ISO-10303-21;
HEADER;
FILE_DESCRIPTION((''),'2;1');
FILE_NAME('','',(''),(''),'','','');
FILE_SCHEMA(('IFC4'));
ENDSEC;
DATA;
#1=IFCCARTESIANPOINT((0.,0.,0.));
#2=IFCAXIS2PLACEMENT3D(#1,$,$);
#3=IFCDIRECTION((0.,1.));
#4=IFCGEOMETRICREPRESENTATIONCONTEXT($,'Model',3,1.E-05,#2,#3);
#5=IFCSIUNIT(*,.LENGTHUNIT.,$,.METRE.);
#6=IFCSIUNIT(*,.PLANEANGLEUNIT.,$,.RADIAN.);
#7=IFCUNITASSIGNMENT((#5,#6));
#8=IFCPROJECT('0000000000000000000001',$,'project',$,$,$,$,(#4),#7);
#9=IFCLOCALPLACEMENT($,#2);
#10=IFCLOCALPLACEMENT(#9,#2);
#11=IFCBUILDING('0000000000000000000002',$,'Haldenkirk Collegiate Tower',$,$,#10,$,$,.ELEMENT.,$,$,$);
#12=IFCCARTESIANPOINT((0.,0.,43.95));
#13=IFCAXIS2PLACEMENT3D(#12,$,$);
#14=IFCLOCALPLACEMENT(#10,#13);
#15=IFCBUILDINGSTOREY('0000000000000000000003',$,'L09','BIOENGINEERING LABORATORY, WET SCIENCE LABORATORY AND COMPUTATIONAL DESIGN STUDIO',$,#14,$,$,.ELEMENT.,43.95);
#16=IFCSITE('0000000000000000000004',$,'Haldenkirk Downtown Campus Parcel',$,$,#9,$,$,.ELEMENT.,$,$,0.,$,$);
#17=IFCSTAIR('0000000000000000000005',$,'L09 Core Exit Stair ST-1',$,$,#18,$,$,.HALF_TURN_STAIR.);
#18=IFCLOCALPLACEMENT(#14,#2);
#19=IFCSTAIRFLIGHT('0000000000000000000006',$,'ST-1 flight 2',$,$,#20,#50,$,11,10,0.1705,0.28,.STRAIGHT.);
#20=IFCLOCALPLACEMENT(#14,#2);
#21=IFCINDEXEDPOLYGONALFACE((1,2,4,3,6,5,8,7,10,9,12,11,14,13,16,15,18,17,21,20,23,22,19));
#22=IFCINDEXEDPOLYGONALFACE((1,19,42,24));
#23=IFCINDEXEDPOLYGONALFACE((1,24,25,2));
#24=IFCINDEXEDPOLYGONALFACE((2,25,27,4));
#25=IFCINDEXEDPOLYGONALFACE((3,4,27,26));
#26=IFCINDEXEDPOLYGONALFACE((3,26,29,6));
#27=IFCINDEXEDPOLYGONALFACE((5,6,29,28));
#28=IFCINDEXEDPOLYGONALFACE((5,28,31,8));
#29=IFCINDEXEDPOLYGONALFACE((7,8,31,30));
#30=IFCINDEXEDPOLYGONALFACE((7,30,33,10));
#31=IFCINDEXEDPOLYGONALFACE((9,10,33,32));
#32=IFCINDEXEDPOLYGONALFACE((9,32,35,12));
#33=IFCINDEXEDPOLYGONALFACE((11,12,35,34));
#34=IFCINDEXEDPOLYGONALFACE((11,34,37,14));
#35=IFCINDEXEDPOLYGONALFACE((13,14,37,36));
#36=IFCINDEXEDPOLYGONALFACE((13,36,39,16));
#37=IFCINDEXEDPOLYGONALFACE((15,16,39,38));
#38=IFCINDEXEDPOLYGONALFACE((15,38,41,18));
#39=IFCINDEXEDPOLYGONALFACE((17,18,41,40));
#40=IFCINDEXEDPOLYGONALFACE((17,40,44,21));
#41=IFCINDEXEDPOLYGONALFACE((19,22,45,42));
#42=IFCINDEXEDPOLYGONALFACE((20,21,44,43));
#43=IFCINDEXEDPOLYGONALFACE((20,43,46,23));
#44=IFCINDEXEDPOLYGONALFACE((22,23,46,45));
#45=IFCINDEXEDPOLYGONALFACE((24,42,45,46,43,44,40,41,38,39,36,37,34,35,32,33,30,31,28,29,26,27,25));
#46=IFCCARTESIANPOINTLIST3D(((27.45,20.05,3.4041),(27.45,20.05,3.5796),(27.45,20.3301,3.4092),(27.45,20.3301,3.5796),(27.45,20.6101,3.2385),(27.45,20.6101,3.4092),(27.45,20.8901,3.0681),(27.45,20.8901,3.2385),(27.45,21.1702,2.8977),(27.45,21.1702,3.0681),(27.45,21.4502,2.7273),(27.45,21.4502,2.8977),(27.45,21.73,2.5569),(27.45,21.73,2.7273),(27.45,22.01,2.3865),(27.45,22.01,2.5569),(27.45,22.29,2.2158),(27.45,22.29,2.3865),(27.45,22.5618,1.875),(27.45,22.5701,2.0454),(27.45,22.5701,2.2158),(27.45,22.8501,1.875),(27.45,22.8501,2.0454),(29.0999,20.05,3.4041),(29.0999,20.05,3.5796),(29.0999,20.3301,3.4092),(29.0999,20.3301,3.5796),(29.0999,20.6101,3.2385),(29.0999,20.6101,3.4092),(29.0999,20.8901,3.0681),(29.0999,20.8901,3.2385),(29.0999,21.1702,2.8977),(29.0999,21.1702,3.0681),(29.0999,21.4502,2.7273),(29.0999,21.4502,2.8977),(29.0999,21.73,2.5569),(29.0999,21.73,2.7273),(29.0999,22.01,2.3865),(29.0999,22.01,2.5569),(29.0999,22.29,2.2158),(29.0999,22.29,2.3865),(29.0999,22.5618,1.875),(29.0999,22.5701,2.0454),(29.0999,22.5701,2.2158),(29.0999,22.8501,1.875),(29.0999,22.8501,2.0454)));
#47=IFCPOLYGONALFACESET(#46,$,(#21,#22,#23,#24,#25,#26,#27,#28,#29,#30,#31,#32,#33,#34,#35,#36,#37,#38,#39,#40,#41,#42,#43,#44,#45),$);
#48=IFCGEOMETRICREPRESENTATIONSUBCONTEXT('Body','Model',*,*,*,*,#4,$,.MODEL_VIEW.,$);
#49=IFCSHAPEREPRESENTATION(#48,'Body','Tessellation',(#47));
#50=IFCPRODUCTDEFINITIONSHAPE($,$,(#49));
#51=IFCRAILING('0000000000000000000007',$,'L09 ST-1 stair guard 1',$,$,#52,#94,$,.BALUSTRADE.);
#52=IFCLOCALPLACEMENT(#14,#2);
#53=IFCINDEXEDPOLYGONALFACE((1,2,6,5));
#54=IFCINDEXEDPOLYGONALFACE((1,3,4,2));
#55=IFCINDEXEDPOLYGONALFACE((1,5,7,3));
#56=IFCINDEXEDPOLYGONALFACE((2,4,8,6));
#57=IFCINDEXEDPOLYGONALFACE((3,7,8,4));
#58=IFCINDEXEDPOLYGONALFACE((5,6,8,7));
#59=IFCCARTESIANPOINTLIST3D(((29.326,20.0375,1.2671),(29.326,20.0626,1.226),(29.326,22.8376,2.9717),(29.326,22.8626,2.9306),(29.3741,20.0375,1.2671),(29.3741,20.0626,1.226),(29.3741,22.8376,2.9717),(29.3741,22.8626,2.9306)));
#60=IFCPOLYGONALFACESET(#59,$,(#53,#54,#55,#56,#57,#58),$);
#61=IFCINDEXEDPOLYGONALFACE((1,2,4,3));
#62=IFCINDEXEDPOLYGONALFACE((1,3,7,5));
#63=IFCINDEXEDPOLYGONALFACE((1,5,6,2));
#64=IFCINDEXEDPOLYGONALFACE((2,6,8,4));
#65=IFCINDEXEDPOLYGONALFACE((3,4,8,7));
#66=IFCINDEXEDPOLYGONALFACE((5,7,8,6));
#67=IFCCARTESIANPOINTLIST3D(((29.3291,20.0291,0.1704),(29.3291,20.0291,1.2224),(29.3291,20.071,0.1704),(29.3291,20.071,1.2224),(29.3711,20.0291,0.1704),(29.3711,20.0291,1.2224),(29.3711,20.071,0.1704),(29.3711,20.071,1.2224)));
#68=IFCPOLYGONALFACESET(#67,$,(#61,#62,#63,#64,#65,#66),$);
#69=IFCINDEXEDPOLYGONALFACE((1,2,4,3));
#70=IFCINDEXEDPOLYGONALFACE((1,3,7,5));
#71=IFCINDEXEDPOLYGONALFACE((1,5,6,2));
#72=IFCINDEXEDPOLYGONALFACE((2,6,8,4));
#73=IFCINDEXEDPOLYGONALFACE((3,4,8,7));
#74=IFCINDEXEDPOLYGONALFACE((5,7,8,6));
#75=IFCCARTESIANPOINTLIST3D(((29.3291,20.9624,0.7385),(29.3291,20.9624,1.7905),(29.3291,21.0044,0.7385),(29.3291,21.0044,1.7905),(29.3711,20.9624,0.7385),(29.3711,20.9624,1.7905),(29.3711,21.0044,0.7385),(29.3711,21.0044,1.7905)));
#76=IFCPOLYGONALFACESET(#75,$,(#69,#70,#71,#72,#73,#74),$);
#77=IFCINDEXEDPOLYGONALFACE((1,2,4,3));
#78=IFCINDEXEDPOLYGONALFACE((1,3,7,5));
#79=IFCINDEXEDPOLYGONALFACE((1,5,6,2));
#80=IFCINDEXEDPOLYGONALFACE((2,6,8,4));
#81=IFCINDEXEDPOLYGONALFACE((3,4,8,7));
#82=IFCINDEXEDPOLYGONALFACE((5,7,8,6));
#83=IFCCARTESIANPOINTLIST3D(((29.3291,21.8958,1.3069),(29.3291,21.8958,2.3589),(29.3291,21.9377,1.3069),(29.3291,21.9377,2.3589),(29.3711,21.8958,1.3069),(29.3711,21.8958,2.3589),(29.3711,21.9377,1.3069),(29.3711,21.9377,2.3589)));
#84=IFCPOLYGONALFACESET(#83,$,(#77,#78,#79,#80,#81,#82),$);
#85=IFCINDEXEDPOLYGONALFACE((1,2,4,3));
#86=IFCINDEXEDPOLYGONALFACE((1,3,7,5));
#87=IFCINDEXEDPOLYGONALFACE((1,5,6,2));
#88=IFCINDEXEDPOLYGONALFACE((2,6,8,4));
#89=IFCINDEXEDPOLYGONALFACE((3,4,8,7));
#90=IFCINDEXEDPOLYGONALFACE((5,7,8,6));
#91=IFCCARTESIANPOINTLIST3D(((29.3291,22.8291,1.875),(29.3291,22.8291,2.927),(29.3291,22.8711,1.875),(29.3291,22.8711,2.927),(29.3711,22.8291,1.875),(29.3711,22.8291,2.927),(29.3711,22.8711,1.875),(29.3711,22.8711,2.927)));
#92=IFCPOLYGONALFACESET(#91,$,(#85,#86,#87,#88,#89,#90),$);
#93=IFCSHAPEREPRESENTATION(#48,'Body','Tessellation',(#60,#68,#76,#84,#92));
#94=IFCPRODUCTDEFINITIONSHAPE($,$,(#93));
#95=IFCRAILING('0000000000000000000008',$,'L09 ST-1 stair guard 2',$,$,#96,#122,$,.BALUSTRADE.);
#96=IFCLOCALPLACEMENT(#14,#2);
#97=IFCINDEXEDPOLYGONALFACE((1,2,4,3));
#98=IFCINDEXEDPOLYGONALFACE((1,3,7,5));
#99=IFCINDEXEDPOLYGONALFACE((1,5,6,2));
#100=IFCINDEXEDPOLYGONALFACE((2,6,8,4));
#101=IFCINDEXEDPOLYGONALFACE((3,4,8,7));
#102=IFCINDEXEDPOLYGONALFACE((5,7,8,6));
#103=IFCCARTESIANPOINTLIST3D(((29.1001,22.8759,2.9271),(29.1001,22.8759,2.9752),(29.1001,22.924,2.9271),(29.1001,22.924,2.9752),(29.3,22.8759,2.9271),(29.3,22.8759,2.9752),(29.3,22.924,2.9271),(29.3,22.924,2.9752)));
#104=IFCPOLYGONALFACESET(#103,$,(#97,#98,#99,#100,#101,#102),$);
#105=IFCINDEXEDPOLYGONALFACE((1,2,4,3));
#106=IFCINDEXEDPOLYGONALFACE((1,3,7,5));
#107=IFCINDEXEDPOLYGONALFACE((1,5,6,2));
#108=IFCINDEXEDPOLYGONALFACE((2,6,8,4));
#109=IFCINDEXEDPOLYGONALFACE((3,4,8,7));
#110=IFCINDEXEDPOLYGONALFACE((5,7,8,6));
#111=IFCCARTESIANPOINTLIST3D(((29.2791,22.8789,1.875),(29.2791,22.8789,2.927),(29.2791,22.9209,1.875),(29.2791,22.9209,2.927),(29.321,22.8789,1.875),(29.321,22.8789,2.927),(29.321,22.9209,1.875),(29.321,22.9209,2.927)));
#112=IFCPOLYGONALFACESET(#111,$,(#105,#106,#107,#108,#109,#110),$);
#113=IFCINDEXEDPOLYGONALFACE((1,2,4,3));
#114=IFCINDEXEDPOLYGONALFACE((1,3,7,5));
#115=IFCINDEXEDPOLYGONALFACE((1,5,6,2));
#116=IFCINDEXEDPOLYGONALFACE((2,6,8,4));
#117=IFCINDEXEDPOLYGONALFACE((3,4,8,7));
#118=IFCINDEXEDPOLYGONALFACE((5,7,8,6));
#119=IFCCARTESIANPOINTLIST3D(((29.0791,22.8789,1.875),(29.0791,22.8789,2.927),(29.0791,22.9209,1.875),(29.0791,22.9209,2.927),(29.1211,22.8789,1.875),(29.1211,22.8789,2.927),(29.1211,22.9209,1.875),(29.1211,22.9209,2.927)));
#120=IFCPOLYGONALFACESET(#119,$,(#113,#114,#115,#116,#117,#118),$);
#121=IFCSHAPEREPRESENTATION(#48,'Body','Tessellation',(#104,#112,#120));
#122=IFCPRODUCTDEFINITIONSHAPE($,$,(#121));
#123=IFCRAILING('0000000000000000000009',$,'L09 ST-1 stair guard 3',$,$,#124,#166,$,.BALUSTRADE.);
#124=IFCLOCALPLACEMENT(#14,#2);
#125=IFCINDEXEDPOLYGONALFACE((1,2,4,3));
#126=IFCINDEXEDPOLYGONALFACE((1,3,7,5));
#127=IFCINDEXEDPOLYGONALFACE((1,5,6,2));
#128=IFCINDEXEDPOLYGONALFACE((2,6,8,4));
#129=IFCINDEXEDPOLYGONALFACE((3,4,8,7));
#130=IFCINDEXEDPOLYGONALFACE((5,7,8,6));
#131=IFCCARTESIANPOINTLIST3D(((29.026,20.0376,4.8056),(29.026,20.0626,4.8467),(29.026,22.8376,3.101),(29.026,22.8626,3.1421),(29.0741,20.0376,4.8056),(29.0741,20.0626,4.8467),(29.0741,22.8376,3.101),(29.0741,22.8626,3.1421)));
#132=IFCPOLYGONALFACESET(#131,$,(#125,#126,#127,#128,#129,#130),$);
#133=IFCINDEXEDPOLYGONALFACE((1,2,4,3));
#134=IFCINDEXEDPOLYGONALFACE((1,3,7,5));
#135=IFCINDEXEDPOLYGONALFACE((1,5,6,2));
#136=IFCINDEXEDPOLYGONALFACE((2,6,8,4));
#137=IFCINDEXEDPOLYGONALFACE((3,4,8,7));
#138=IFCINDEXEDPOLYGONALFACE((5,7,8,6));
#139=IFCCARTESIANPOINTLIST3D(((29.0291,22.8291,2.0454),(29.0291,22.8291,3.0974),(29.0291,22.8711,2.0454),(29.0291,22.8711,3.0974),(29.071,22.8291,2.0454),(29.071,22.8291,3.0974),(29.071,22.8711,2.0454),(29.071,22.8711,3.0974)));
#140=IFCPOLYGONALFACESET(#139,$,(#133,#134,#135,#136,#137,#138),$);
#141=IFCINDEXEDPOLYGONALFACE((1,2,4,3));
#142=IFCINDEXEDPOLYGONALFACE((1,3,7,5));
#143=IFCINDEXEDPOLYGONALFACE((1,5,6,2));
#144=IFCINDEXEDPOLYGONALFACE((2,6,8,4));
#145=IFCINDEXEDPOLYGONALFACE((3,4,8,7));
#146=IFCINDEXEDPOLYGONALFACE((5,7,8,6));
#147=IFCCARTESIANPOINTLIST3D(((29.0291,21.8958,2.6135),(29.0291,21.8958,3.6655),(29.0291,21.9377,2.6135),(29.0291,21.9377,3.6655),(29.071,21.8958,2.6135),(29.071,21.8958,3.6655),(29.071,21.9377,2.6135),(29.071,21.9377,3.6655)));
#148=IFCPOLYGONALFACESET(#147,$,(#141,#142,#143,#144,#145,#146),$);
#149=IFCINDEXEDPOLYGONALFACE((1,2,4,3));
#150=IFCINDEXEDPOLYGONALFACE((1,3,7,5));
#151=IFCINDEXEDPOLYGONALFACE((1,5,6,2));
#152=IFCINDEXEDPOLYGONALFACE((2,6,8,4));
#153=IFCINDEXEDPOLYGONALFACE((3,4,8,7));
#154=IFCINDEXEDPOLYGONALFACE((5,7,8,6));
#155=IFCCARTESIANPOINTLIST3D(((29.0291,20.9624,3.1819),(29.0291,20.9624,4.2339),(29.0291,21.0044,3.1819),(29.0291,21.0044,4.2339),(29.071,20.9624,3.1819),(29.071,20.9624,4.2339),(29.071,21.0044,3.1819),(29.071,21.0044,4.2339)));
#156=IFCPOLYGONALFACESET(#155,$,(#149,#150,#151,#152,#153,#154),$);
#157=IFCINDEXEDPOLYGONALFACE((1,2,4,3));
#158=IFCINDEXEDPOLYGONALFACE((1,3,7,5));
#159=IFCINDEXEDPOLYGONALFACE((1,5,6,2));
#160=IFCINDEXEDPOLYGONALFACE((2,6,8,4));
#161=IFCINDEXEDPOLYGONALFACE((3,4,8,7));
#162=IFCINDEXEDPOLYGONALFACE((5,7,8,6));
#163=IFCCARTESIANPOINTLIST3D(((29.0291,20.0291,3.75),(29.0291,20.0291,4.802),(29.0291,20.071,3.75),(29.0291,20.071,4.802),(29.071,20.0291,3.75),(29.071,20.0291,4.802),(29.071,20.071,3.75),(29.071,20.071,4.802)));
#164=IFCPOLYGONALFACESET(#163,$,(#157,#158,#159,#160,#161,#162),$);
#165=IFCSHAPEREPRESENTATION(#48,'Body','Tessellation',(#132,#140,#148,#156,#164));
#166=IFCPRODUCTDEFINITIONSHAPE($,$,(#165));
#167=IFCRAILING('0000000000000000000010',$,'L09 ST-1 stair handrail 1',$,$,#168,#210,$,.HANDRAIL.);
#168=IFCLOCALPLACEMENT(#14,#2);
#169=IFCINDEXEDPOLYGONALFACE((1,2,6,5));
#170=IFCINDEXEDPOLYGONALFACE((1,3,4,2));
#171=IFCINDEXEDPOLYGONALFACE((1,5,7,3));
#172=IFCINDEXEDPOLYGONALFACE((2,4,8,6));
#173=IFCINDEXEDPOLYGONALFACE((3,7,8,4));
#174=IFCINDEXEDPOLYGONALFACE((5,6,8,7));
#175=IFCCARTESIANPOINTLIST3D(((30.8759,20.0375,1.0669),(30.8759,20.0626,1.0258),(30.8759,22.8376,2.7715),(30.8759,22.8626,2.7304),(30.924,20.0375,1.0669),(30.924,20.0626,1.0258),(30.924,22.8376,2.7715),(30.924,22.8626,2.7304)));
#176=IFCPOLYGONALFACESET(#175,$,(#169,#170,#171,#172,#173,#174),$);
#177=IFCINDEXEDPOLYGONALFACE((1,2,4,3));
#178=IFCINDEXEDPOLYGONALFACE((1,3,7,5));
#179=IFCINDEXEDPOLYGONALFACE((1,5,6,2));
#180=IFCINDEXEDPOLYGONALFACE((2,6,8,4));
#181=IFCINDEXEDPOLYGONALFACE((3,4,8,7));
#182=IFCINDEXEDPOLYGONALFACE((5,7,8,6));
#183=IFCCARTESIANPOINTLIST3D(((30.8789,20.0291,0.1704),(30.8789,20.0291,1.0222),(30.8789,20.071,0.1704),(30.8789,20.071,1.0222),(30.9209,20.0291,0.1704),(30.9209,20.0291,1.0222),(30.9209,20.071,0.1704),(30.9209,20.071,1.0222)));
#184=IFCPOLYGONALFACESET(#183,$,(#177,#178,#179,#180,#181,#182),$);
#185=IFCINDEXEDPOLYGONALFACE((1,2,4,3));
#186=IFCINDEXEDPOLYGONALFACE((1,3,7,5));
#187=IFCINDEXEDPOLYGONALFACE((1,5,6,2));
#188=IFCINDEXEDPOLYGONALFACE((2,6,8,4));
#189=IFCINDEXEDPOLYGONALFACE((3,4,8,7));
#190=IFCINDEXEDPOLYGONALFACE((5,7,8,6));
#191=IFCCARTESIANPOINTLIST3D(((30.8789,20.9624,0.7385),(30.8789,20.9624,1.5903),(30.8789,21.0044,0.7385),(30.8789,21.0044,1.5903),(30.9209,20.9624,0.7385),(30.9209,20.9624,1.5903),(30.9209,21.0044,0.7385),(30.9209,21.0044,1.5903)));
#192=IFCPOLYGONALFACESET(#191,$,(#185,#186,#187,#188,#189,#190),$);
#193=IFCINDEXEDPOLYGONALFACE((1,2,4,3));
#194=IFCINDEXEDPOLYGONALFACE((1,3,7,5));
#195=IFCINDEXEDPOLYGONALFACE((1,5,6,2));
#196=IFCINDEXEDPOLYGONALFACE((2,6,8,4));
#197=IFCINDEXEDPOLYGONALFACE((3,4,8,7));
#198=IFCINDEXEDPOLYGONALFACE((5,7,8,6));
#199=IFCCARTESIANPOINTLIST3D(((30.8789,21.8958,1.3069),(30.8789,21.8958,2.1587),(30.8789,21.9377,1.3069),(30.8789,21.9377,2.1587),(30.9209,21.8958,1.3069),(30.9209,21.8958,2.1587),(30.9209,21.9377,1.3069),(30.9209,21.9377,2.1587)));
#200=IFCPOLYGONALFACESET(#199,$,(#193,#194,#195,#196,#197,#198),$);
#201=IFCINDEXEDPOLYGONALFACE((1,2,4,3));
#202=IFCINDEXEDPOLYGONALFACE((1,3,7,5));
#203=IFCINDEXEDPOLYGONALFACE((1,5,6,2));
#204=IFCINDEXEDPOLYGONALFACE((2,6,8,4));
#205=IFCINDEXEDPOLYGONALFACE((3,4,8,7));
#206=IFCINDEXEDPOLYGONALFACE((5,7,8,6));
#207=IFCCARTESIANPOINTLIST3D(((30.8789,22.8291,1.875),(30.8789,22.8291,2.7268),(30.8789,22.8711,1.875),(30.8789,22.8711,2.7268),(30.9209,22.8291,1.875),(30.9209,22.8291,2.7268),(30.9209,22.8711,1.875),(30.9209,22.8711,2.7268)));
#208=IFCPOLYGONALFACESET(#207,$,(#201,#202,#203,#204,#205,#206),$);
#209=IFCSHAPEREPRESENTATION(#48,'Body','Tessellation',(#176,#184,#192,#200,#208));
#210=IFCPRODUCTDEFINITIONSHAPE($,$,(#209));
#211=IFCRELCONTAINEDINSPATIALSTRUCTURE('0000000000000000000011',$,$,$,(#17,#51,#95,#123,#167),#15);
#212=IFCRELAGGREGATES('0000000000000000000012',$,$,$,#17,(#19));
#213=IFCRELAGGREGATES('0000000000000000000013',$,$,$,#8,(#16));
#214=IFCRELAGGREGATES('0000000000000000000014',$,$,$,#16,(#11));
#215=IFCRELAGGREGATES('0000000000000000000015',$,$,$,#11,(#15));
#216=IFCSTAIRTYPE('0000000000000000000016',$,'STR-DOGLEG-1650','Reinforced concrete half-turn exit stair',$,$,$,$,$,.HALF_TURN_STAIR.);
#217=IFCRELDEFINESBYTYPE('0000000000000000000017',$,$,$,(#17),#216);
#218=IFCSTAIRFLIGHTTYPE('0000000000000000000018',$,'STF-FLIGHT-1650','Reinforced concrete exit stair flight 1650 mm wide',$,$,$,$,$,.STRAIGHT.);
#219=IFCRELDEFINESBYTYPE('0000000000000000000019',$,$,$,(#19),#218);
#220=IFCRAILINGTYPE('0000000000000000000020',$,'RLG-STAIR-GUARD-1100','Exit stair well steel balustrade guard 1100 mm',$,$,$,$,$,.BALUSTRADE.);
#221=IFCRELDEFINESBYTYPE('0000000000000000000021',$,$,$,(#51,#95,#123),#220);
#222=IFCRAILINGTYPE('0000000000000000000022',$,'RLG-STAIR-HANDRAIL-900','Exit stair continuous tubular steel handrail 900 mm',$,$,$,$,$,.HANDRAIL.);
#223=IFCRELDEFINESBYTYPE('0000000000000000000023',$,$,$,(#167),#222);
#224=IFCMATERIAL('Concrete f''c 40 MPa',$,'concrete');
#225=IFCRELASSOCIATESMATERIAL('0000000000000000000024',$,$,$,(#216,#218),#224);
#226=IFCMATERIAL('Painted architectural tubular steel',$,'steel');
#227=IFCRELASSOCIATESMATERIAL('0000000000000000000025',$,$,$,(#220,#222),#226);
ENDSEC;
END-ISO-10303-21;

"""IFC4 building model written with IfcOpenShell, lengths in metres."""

from ifc_helpers import new_model, si_unit, direction, frame, origin, origin_2d, place, context, subcontext, project, spatial, polyline, rectangle, outline, extrude, material, type_object, element, aggregate, save


model = new_model("IFC4")

# Units and contexts
model_context = context("Model", 3, precision=1e-05, world=origin(), true_north=direction((0.0, 1.0)))
body_context = subcontext(model_context, "Body", "Model", "MODEL_VIEW")
ifc_project = project(units=[si_unit("LENGTHUNIT", "METRE"), si_unit("PLANEANGLEUNIT", "RADIAN")], contexts=[model_context])

# Site, building, storey
site_placement = place(None, origin())
site = spatial("IfcSite", under=ifc_project, at=site_placement, Name="Haldenkirk Downtown Campus Parcel", CompositionType="ELEMENT", RefElevation=0.0)
building_placement = place(site_placement, origin())
building = spatial("IfcBuilding", under=site, at=building_placement, Name="Haldenkirk Collegiate Tower", CompositionType="ELEMENT")
storey_placement = place(building_placement, frame((0.0, 0.0, 43.95)))
storey = spatial("IfcBuildingStorey", under=building, at=storey_placement, Name="L09", Description="BIOENGINEERING LABORATORY, WET SCIENCE LABORATORY AND COMPUTATIONAL DESIGN STUDIO", CompositionType="ELEMENT", Elevation=43.95)

# Stair, stair flight
ifc_material_1 = material(Name="Concrete f'c 40 MPa", Category="concrete")
stair_type = type_object("IfcStairType", Name="STR-DOGLEG-1650", Description="Reinforced concrete half-turn exit stair", PredefinedType="HALF_TURN_STAIR", material=ifc_material_1)
stair_placement = place(storey_placement, origin())
stair = element("IfcStair", 1, at=stair_placement, inside=storey, type_object=stair_type, Name="L09 Core Exit Stair ST-1", PredefinedType="HALF_TURN_STAIR")
stair_flight_type = type_object("IfcStairFlightType", Name="STF-FLIGHT-1650", Description="Reinforced concrete exit stair flight 1650 mm wide", PredefinedType="STRAIGHT", material=ifc_material_1)
stair_flight_1_placement = place(storey_placement, frame((28.2749, 22.8501, 1.875), z_axis=(0.0, 0.0, 1.0), x_axis=(0.0, -1.0, 0.0)))
stair_flight_1 = element("IfcStairFlight", 2, at=stair_flight_1_placement, type_object=stair_flight_type, Name="ST-1 flight 2", NumberOfRisers=11, NumberOfTreads=10, PredefinedType="STRAIGHT", RiserHeight=0.1705, TreadLength=0.28, context=body_context, shape_type="SweptSolid", body=[
    extrude(outline(polyline([(0.0, 0.0), (0.0, 0.1704), (0.28, 0.1704), (0.28, 0.3408), (0.5601, 0.3408), (0.5601, 0.5115), (0.8401, 0.5115), (0.8401, 0.6819), (1.1201, 0.6819), (1.1201, 0.8523), (1.3999, 0.8523), (1.3999, 1.0227), (1.6799, 1.0227), (1.6799, 1.1931), (1.96, 1.1931), (1.96, 1.3635), (2.24, 1.3635), (2.24, 1.5342), (2.52, 1.5342), (2.52, 1.7046), (2.8, 1.7046), (2.8, 1.875), (2.8, 1.5291), (0.2883, 0.0), (0.0, 0.0)])), frame((0.0, 0.825, 0.0), z_axis=(0.0, -1.0, 0.0), x_axis=(1.0, 0.0, 0.0)), (0.0, 0.0, 1.0), 1.6499),
])
aggregate(stair, [stair_flight_1])

# Railings
ifc_material_2 = material(Name="Painted architectural tubular steel", Category="steel")
railing_type_1 = type_object("IfcRailingType", Name="RLG-STAIR-GUARD-1100", Description="Exit stair well steel balustrade guard 1100 mm", PredefinedType="BALUSTRADE", material=ifc_material_2)
railing_1_placement = place(storey_placement, frame((29.3501, 20.05, 0.1704)))
element("IfcRailing", 3, at=railing_1_placement, inside=storey, type_object=railing_type_1, Name="L09 ST-1 stair guard 1", PredefinedType="BALUSTRADE", context=body_context, shape_type="SweptSolid", body=[
    extrude(rectangle(XDim=0.0481, YDim=0.0481, at=origin_2d()), frame((0.0, 0.0, 1.0762), z_axis=(0.0, 0.85417, 0.519994), x_axis=(-1.0, 0.0, 0.0)), (0.0, 0.0, 1.0), 3.2781),
    extrude(rectangle(XDim=0.042, YDim=0.042, at=origin_2d()), origin(), (0.0, 0.0, 1.0), 1.052),
    extrude(rectangle(XDim=0.042, YDim=0.042, at=origin_2d()), frame((0.0, 0.9333, 0.5681)), (0.0, 0.0, 1.0), 1.052),
    extrude(rectangle(XDim=0.042, YDim=0.042, at=origin_2d()), frame((0.0, 1.8667, 1.1365)), (0.0, 0.0, 1.0), 1.052),
    extrude(rectangle(XDim=0.042, YDim=0.042, at=origin_2d()), frame((0.0, 2.8, 1.7046)), (0.0, 0.0, 1.0), 1.052),
])
railing_2_placement = place(storey_placement, frame((29.3, 22.8999, 1.875)))
element("IfcRailing", 4, at=railing_2_placement, inside=storey, type_object=railing_type_1, Name="L09 ST-1 stair guard 2", PredefinedType="BALUSTRADE", context=body_context, shape_type="SweptSolid", body=[
    extrude(rectangle(XDim=0.0481, YDim=0.0481, at=origin_2d()), frame((0.0, 0.0, 1.0762), z_axis=(-1.0, 0.0, 0.0), x_axis=(0.0, -1.0, 0.0)), (0.0, 0.0, 1.0), 0.2),
    extrude(rectangle(XDim=0.042, YDim=0.042, at=origin_2d()), origin(), (0.0, 0.0, 1.0), 1.052),
    extrude(rectangle(XDim=0.042, YDim=0.042, at=origin_2d()), frame((-0.2, 0.0, 0.0)), (0.0, 0.0, 1.0), 1.052),
])
railing_3_placement = place(storey_placement, frame((29.05, 22.8501, 2.0454)))
element("IfcRailing", 5, at=railing_3_placement, inside=storey, type_object=railing_type_1, Name="L09 ST-1 stair guard 3", PredefinedType="BALUSTRADE", context=body_context, shape_type="SweptSolid", body=[
    extrude(rectangle(XDim=0.0481, YDim=0.0481, at=origin_2d()), frame((0.0, 0.0, 1.0762), z_axis=(0.0, -0.85417, 0.519994), x_axis=(1.0, 0.0, 0.0)), (0.0, 0.0, 1.0), 3.2781),
    extrude(rectangle(XDim=0.042, YDim=0.042, at=origin_2d()), origin(), (0.0, 0.0, 1.0), 1.052),
    extrude(rectangle(XDim=0.042, YDim=0.042, at=origin_2d()), frame((0.0, -0.9333, 0.5681)), (0.0, 0.0, 1.0), 1.052),
    extrude(rectangle(XDim=0.042, YDim=0.042, at=origin_2d()), frame((0.0, -1.8667, 1.1365)), (0.0, 0.0, 1.0), 1.052),
    extrude(rectangle(XDim=0.042, YDim=0.042, at=origin_2d()), frame((0.0, -2.8, 1.7046)), (0.0, 0.0, 1.0), 1.052),
])
railing_type_2 = type_object("IfcRailingType", Name="RLG-STAIR-HANDRAIL-900", Description="Exit stair continuous tubular steel handrail 900 mm", PredefinedType="HANDRAIL", material=ifc_material_2)
railing_4_placement = place(storey_placement, frame((30.8999, 20.05, 0.1704)))
element("IfcRailing", 6, at=railing_4_placement, inside=storey, type_object=railing_type_2, Name="L09 ST-1 stair handrail 1", PredefinedType="HANDRAIL", context=body_context, shape_type="SweptSolid", body=[
    extrude(rectangle(XDim=0.0481, YDim=0.0481, at=origin_2d()), frame((0.0, 0.0, 0.876), z_axis=(0.0, 0.85417, 0.519994), x_axis=(-1.0, 0.0, 0.0)), (0.0, 0.0, 1.0), 3.2781),
    extrude(rectangle(XDim=0.042, YDim=0.042, at=origin_2d()), origin(), (0.0, 0.0, 1.0), 0.8518),
    extrude(rectangle(XDim=0.042, YDim=0.042, at=origin_2d()), frame((0.0, 0.9333, 0.5681)), (0.0, 0.0, 1.0), 0.8518),
    extrude(rectangle(XDim=0.042, YDim=0.042, at=origin_2d()), frame((0.0, 1.8667, 1.1365)), (0.0, 0.0, 1.0), 0.8518),
    extrude(rectangle(XDim=0.042, YDim=0.042, at=origin_2d()), frame((0.0, 2.8, 1.7046)), (0.0, 0.0, 1.0), 0.8518),
])

save(model, "model.ifc")
